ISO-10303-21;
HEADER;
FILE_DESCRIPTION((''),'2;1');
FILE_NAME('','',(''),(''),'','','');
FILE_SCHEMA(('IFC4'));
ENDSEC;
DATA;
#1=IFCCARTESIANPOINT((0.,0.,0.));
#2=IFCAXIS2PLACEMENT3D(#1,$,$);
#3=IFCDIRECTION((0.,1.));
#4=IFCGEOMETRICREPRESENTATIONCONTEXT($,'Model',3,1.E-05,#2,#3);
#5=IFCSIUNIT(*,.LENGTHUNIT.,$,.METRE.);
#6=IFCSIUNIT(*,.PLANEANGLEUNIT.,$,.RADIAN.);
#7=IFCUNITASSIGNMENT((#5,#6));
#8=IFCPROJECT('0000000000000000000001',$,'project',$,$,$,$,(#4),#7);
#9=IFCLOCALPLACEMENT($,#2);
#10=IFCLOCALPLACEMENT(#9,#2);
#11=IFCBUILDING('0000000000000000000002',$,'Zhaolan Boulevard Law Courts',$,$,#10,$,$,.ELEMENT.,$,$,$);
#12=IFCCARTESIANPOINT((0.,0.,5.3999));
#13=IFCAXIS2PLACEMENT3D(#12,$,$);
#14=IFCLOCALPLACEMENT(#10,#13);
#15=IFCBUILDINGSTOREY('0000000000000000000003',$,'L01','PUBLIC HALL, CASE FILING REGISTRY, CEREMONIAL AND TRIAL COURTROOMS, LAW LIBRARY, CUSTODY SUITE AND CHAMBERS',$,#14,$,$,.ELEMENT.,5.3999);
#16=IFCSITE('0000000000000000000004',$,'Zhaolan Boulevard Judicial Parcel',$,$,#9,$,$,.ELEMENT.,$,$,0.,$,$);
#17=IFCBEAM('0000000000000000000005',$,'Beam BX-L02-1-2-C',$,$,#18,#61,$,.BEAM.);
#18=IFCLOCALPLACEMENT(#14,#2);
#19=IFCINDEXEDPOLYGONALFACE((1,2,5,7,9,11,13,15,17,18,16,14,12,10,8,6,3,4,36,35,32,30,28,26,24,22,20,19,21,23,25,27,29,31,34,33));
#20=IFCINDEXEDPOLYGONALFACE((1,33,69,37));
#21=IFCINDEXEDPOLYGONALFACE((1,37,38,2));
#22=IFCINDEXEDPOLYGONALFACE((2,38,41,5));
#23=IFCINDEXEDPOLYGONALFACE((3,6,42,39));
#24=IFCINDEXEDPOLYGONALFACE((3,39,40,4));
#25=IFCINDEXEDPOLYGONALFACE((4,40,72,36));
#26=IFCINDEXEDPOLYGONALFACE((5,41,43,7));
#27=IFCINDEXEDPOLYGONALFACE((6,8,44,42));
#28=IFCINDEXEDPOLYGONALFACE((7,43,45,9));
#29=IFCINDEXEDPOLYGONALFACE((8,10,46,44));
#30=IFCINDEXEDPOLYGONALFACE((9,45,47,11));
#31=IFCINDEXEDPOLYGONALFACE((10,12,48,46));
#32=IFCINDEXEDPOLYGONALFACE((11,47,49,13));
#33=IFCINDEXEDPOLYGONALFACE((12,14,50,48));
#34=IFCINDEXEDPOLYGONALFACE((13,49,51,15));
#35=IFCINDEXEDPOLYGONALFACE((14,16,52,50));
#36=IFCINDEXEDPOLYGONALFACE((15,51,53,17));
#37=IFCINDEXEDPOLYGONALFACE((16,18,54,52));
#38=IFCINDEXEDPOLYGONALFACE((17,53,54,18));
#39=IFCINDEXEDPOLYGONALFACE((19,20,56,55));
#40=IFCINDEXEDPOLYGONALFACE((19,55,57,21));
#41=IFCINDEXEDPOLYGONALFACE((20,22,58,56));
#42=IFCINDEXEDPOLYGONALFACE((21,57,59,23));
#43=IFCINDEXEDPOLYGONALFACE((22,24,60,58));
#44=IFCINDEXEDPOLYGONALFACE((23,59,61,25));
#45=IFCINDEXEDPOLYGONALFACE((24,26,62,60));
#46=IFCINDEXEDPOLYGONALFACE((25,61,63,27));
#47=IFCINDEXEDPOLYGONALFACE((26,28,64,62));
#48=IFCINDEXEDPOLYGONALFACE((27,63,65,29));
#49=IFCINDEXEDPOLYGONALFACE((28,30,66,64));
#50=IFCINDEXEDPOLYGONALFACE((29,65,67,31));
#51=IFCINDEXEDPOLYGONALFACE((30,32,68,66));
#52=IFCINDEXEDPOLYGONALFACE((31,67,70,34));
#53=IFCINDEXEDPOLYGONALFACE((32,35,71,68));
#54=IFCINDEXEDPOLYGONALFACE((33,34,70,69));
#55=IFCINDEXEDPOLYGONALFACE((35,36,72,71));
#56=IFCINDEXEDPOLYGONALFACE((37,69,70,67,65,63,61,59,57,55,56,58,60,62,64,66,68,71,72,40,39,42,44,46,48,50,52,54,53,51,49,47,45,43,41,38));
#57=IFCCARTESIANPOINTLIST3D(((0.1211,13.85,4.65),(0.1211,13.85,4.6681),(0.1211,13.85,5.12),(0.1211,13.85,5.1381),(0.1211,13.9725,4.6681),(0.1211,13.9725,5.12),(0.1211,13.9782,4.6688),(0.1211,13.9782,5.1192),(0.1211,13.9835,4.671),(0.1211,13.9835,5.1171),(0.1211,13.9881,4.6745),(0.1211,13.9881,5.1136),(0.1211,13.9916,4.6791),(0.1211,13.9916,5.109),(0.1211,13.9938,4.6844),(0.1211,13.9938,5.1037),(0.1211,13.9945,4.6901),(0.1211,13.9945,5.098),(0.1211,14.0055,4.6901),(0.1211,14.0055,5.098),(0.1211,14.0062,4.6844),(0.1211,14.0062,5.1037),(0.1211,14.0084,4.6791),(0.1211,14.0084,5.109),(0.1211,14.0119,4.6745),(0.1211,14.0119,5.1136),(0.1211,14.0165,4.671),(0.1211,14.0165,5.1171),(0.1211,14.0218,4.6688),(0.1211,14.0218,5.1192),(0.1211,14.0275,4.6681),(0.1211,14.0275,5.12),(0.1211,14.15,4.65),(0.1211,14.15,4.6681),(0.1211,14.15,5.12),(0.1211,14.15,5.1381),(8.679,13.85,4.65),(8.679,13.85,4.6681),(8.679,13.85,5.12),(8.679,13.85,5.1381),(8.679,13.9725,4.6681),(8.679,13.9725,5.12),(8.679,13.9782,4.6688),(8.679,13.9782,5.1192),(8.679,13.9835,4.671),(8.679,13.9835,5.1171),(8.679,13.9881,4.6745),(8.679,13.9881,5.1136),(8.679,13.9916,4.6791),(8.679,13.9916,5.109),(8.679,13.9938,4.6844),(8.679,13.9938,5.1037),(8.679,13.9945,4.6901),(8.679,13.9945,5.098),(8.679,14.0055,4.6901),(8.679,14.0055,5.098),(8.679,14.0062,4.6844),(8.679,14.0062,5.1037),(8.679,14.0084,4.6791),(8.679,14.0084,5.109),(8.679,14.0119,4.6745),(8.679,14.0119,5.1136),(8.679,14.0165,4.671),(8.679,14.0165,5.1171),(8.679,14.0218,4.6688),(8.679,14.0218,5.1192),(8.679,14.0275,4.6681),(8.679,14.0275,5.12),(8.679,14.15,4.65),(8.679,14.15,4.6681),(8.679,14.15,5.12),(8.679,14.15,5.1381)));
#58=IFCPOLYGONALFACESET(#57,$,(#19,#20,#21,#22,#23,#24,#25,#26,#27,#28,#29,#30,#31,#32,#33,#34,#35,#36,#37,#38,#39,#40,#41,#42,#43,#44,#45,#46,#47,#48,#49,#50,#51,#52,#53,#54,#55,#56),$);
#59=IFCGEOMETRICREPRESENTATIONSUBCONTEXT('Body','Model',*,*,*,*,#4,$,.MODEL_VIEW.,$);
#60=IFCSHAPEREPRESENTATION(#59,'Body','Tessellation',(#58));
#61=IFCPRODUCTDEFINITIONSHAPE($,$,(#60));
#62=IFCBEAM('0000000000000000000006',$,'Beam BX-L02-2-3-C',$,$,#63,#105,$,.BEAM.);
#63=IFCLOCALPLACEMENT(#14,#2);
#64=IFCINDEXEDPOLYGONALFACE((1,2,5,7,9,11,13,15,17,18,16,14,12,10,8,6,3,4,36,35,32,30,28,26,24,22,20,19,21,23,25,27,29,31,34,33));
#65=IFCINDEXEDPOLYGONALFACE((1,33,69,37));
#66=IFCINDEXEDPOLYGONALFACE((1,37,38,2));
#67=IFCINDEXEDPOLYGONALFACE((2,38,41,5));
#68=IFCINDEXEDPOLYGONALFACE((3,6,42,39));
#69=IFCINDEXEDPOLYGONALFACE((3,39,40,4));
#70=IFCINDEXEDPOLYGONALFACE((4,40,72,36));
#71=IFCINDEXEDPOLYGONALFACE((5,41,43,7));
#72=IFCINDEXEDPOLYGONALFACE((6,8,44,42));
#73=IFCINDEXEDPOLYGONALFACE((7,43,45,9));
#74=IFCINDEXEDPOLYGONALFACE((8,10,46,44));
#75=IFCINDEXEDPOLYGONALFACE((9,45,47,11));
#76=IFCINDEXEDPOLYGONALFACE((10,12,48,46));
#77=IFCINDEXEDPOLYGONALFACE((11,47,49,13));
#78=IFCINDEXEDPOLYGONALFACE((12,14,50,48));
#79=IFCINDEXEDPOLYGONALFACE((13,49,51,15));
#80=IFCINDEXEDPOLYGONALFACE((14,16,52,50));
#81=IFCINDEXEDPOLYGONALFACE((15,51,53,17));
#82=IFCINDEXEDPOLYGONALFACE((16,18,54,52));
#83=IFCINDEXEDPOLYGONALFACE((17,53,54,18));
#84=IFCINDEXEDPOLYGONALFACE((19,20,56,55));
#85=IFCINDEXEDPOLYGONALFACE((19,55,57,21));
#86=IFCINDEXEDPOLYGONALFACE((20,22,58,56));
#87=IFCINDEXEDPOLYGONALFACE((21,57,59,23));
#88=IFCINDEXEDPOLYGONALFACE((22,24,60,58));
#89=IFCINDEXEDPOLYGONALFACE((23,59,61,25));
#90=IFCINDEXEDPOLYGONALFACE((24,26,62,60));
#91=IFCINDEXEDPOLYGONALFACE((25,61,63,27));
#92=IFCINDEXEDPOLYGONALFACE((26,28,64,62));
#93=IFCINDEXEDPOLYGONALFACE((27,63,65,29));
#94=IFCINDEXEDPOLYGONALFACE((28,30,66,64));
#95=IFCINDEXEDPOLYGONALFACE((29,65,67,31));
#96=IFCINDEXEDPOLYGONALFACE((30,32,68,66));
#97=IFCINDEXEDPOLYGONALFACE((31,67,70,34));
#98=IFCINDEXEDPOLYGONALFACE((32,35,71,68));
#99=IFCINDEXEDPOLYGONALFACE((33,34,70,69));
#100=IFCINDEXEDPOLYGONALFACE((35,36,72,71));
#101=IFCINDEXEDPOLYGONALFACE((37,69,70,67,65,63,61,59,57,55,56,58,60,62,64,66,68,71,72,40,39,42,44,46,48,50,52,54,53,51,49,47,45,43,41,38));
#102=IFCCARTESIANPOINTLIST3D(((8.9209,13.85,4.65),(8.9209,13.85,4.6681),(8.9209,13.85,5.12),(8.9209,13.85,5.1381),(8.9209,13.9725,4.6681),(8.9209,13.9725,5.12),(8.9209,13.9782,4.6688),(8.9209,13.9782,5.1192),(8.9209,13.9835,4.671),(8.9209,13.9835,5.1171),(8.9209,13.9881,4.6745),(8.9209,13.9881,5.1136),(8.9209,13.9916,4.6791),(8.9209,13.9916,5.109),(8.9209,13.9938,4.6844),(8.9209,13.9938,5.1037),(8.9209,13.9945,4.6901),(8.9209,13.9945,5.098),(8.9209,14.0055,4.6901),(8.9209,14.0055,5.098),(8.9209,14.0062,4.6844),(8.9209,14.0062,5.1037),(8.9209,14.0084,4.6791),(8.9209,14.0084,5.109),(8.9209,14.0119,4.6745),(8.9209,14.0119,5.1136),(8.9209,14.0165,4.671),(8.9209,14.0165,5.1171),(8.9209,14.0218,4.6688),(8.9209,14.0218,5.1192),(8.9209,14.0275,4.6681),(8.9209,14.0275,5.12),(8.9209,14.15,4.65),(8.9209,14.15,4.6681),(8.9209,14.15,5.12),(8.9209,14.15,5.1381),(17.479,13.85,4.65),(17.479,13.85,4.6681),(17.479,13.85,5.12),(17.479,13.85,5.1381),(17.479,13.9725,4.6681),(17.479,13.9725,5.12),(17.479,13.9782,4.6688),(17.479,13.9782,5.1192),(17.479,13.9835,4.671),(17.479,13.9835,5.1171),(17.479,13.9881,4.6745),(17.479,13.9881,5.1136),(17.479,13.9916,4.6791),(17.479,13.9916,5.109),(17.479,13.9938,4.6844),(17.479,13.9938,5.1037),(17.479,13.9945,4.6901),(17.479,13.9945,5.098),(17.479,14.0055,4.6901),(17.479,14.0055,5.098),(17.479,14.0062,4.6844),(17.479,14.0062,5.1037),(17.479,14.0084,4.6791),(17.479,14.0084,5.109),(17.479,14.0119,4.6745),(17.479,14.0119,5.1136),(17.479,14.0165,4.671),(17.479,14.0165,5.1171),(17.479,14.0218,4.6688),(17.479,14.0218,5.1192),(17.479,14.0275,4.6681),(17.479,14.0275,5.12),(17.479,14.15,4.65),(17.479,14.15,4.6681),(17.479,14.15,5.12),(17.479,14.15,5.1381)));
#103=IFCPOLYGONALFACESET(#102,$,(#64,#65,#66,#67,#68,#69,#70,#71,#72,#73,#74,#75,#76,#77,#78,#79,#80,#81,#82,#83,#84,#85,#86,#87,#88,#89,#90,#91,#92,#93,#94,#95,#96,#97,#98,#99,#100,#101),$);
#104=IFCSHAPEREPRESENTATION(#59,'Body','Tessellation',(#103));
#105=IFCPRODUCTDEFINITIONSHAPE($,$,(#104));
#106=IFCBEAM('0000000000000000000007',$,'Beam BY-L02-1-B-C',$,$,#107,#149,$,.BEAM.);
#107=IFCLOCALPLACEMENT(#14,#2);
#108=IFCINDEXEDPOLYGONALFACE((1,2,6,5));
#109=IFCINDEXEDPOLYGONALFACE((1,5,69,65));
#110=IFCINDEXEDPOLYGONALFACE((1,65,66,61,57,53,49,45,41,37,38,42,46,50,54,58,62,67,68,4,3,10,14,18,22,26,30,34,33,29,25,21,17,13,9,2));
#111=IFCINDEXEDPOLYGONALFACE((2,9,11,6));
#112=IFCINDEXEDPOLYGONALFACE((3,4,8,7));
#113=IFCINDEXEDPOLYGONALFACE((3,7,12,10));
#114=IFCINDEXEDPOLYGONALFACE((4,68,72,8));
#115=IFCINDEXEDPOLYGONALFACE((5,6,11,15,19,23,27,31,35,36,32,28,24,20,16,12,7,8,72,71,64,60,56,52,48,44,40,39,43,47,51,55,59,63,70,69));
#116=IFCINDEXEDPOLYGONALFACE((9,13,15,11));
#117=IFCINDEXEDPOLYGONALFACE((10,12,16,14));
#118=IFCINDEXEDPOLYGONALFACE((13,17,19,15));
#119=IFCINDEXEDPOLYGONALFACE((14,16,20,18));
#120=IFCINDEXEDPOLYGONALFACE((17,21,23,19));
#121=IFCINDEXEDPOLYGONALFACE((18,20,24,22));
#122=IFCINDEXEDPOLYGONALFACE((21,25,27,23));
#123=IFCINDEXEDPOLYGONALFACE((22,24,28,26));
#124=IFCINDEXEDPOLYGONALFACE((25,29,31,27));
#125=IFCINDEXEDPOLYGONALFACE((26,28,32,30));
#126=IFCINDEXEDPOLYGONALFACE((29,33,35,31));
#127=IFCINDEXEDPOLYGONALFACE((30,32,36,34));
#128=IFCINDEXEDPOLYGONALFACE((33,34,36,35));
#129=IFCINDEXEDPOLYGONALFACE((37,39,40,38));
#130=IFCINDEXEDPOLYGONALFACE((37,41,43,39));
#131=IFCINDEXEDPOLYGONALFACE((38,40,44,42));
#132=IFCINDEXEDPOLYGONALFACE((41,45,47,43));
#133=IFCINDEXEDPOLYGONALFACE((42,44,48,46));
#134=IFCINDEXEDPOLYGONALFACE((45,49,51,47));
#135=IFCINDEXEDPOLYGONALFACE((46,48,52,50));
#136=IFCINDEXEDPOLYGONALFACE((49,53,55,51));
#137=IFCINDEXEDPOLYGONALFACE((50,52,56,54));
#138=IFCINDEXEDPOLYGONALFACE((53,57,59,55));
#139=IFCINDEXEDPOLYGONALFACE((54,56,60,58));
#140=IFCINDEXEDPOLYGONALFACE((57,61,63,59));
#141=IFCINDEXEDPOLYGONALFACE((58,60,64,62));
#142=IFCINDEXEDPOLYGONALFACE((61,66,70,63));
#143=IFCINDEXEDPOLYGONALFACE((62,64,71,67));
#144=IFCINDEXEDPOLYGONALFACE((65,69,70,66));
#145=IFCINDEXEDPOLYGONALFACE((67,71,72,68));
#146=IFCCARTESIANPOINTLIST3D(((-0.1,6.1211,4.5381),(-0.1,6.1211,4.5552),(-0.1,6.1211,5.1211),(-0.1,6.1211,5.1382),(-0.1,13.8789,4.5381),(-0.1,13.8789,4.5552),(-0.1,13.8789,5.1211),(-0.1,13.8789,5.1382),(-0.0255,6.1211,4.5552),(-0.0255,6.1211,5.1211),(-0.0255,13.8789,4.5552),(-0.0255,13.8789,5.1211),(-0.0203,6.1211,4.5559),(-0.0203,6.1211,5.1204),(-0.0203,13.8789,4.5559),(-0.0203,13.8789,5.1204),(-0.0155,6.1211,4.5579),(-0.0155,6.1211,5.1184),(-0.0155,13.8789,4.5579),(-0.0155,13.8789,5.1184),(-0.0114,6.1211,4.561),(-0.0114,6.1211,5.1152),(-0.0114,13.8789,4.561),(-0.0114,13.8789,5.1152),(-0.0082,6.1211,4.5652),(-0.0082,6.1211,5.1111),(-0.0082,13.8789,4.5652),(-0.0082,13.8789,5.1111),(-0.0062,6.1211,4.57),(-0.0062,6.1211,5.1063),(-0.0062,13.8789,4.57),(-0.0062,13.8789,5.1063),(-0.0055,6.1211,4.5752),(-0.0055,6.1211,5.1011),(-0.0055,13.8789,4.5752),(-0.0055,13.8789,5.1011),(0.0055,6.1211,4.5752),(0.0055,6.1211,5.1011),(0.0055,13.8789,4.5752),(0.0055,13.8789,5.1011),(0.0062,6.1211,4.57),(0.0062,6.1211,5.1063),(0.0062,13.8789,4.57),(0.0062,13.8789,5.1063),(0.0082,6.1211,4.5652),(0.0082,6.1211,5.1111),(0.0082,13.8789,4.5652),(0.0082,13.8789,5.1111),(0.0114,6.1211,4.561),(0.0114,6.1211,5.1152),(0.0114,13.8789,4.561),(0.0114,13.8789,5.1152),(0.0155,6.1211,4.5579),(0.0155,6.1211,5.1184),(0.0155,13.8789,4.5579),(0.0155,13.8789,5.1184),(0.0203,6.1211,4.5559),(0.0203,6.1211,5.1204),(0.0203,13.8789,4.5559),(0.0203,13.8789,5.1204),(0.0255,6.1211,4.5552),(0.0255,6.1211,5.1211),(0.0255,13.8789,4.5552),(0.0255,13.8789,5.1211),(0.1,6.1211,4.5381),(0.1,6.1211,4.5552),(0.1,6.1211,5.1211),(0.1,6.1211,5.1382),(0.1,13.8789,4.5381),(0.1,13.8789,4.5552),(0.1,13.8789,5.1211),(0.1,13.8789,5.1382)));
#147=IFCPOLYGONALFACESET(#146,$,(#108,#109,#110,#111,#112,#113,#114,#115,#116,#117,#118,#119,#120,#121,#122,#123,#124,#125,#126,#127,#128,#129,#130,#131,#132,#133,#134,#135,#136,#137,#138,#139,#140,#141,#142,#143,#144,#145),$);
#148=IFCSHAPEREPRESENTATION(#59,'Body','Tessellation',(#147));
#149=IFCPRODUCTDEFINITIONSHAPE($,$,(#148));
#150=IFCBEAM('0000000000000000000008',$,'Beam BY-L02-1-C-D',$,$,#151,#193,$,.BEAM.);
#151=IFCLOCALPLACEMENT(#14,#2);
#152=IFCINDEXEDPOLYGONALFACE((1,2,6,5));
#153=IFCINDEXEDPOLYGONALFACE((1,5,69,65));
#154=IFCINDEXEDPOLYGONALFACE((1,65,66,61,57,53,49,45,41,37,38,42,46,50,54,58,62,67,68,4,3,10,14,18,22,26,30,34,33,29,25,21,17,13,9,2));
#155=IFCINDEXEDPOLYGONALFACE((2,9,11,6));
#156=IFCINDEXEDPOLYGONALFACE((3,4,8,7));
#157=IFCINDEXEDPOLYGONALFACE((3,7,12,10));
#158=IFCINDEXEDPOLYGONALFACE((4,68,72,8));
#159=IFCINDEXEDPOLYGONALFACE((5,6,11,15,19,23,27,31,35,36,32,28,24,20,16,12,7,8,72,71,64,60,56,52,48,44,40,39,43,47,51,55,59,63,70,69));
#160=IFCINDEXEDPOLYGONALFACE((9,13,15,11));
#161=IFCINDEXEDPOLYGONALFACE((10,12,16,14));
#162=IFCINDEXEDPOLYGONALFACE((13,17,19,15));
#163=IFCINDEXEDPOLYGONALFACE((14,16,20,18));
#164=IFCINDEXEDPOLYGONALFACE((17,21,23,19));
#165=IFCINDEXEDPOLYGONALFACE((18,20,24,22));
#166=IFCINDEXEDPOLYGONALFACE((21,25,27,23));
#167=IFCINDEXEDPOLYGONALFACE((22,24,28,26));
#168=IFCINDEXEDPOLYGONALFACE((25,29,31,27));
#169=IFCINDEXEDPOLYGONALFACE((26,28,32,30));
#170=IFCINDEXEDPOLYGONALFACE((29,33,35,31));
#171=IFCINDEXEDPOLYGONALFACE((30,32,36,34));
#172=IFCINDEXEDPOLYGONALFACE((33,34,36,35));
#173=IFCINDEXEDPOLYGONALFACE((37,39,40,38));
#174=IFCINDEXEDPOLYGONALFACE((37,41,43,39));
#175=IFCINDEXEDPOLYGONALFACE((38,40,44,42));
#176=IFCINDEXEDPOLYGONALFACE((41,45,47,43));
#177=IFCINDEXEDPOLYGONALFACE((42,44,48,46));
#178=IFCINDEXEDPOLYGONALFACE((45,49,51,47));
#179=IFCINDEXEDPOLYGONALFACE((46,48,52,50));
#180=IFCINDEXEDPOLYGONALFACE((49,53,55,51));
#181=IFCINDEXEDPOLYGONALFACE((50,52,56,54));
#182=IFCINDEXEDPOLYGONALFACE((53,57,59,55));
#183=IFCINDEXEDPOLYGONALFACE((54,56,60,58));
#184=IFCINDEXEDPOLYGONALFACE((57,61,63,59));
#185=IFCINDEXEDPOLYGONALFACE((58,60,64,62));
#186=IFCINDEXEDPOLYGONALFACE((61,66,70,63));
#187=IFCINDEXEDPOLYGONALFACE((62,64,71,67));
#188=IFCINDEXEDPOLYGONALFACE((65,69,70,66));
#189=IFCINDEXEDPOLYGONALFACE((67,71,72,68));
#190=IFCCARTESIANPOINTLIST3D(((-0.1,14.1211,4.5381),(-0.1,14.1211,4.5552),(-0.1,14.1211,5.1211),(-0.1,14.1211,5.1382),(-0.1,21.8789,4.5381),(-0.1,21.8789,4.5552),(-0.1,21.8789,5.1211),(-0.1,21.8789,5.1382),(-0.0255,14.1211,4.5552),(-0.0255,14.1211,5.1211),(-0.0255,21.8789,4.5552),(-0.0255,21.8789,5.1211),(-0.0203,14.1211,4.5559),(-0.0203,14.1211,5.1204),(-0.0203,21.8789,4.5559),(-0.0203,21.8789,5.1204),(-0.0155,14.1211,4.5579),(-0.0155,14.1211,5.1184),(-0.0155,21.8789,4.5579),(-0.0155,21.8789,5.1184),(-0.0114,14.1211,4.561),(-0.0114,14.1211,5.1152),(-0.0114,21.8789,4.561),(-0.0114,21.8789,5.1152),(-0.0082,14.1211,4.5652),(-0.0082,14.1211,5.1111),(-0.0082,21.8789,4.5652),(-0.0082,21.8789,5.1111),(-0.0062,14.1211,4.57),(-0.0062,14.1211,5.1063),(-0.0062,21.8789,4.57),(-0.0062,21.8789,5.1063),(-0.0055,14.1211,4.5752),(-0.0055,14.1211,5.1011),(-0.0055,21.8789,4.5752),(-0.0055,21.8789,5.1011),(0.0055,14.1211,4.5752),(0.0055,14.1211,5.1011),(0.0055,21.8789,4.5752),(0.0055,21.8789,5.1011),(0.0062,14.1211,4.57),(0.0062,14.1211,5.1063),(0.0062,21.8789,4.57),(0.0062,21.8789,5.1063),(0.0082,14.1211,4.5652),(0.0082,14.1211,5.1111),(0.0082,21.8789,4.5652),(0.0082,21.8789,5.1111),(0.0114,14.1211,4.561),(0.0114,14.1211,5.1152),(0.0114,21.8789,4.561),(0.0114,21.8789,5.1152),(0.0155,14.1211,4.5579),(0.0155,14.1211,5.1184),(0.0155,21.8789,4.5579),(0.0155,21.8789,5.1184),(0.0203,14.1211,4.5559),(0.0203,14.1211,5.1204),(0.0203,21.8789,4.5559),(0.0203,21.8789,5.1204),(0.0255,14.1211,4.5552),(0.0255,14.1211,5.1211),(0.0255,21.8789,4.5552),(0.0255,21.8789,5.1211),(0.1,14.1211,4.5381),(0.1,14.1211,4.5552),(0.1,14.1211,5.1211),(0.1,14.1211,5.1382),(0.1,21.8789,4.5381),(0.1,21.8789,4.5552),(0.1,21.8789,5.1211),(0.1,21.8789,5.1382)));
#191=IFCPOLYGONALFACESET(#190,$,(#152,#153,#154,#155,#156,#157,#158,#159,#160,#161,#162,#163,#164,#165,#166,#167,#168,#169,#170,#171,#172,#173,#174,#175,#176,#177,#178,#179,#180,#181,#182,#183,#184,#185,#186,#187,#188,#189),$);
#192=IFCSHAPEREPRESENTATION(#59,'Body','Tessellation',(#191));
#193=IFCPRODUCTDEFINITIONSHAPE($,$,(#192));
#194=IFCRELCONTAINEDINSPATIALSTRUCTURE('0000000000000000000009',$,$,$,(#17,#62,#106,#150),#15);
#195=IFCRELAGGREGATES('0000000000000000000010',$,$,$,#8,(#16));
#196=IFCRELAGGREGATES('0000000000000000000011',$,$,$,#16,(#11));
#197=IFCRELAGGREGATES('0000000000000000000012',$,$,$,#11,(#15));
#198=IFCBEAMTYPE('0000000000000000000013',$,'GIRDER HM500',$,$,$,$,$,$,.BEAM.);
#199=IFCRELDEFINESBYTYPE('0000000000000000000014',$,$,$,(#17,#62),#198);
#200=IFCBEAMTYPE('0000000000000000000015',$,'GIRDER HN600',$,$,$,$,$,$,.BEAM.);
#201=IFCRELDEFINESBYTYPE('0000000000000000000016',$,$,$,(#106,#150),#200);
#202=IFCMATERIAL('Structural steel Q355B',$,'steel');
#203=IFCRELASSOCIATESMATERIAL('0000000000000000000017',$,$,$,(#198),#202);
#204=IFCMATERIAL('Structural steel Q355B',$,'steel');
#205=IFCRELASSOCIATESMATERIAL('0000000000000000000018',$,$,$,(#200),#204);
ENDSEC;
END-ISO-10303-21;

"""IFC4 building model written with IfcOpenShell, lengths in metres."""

from ifc_helpers import new_model, si_unit, direction, frame, origin, origin_2d, place, context, subcontext, project, spatial, i_section, extrude, material, material_profile, profile_set, type_object, element, save


model = new_model("IFC4")

# Units and contexts
model_context = context("Model", 3, precision=1e-05, world=origin(), true_north=direction((0.0, 1.0)))
body_context = subcontext(model_context, "Body", "Model", "MODEL_VIEW")
ifc_project = project(units=[si_unit("LENGTHUNIT", "METRE"), si_unit("PLANEANGLEUNIT", "RADIAN")], contexts=[model_context])

# Site, building, storey
site_placement = place(None, origin())
site = spatial("IfcSite", under=ifc_project, at=site_placement, Name="Zhaolan Boulevard Judicial Parcel", CompositionType="ELEMENT", RefElevation=0.0)
building_placement = place(site_placement, origin())
building = spatial("IfcBuilding", under=site, at=building_placement, Name="Zhaolan Boulevard Law Courts", CompositionType="ELEMENT")
storey_placement = place(building_placement, frame((0.0, 0.0, 5.3999)))
storey = spatial("IfcBuildingStorey", under=building, at=storey_placement, Name="L01", Description="PUBLIC HALL, CASE FILING REGISTRY, CEREMONIAL AND TRIAL COURTROOMS, LAW LIBRARY, CUSTODY SUITE AND CHAMBERS", CompositionType="ELEMENT", Elevation=5.3999)

# Beams
ifc_material_1 = material(Name="Structural steel Q355B", Category="steel")
ifc_material_profile_1 = material_profile(ifc_material_1, i_section(OverallWidth=0.3, OverallDepth=0.488, WebThickness=0.011, FlangeThickness=0.0181, FilletRadius=0.022, at=origin_2d()), Name="HM488x300")
ifc_profile_set_1 = profile_set([ifc_material_profile_1], Name="Structural steel Q355B")
beam_type_1 = type_object("IfcBeamType", Name="GIRDER HM500", PredefinedType="BEAM", material=ifc_profile_set_1)
beam_1_placement = place(storey_placement, frame((0.1211, 14.0, 4.894), z_axis=(1.0, 0.0, 0.0), x_axis=(0.0, 1.0, 0.0)))
element("IfcBeam", 1, at=beam_1_placement, inside=storey, type_object=beam_type_1, Name="Beam BX-L02-1-2-C", PredefinedType="BEAM", context=body_context, shape_type="SweptSolid", body=[
    extrude(i_section(OverallWidth=0.3, OverallDepth=0.488, WebThickness=0.011, FlangeThickness=0.0181, FilletRadius=0.022, at=origin_2d()), origin(), (0.0, 0.0, 1.0), 8.5579),
])
beam_2_placement = place(storey_placement, frame((8.9209, 14.0, 4.894), z_axis=(1.0, 0.0, 0.0), x_axis=(0.0, 1.0, 0.0)))
element("IfcBeam", 2, at=beam_2_placement, inside=storey, type_object=beam_type_1, Name="Beam BX-L02-2-3-C", PredefinedType="BEAM", context=body_context, shape_type="SweptSolid", body=[
    extrude(i_section(OverallWidth=0.3, OverallDepth=0.488, WebThickness=0.011, FlangeThickness=0.0181, FilletRadius=0.022, at=origin_2d()), origin(), (0.0, 0.0, 1.0), 8.5581),
])
ifc_material_2 = material(Name="Structural steel Q355B", Category="steel")
ifc_material_profile_2 = material_profile(ifc_material_2, i_section(OverallWidth=0.2, OverallDepth=0.6001, WebThickness=0.011, FlangeThickness=0.0171, FilletRadius=0.02, at=origin_2d()), Name="HN600x200")
ifc_profile_set_2 = profile_set([ifc_material_profile_2], Name="Structural steel Q355B")
beam_type_2 = type_object("IfcBeamType", Name="GIRDER HN600", PredefinedType="BEAM", material=ifc_profile_set_2)
for number, where, z_axis, x_axis, name in (
    (3, (0.0, 6.1211, 4.8381), (0.0, 1.0, 0.0), (-1.0, 0.0, 0.0), "Beam BY-L02-1-B-C"),
    (4, (0.0, 14.1211, 4.8381), (0.0, 1.0, 0.0), (-1.0, 0.0, 0.0), "Beam BY-L02-1-C-D"),
):
    element("IfcBeam", number, at=place(storey_placement, frame(where, z_axis=z_axis, x_axis=x_axis)), inside=storey, type_object=beam_type_2, Name=name, PredefinedType="BEAM", context=body_context, shape_type="SweptSolid", body=[
        extrude(i_section(OverallWidth=0.2, OverallDepth=0.6001, WebThickness=0.011, FlangeThickness=0.0171, FilletRadius=0.02, at=origin_2d()), origin(), (0.0, 0.0, 1.0), 7.7578),
    ])

save(model, "model.ifc")
